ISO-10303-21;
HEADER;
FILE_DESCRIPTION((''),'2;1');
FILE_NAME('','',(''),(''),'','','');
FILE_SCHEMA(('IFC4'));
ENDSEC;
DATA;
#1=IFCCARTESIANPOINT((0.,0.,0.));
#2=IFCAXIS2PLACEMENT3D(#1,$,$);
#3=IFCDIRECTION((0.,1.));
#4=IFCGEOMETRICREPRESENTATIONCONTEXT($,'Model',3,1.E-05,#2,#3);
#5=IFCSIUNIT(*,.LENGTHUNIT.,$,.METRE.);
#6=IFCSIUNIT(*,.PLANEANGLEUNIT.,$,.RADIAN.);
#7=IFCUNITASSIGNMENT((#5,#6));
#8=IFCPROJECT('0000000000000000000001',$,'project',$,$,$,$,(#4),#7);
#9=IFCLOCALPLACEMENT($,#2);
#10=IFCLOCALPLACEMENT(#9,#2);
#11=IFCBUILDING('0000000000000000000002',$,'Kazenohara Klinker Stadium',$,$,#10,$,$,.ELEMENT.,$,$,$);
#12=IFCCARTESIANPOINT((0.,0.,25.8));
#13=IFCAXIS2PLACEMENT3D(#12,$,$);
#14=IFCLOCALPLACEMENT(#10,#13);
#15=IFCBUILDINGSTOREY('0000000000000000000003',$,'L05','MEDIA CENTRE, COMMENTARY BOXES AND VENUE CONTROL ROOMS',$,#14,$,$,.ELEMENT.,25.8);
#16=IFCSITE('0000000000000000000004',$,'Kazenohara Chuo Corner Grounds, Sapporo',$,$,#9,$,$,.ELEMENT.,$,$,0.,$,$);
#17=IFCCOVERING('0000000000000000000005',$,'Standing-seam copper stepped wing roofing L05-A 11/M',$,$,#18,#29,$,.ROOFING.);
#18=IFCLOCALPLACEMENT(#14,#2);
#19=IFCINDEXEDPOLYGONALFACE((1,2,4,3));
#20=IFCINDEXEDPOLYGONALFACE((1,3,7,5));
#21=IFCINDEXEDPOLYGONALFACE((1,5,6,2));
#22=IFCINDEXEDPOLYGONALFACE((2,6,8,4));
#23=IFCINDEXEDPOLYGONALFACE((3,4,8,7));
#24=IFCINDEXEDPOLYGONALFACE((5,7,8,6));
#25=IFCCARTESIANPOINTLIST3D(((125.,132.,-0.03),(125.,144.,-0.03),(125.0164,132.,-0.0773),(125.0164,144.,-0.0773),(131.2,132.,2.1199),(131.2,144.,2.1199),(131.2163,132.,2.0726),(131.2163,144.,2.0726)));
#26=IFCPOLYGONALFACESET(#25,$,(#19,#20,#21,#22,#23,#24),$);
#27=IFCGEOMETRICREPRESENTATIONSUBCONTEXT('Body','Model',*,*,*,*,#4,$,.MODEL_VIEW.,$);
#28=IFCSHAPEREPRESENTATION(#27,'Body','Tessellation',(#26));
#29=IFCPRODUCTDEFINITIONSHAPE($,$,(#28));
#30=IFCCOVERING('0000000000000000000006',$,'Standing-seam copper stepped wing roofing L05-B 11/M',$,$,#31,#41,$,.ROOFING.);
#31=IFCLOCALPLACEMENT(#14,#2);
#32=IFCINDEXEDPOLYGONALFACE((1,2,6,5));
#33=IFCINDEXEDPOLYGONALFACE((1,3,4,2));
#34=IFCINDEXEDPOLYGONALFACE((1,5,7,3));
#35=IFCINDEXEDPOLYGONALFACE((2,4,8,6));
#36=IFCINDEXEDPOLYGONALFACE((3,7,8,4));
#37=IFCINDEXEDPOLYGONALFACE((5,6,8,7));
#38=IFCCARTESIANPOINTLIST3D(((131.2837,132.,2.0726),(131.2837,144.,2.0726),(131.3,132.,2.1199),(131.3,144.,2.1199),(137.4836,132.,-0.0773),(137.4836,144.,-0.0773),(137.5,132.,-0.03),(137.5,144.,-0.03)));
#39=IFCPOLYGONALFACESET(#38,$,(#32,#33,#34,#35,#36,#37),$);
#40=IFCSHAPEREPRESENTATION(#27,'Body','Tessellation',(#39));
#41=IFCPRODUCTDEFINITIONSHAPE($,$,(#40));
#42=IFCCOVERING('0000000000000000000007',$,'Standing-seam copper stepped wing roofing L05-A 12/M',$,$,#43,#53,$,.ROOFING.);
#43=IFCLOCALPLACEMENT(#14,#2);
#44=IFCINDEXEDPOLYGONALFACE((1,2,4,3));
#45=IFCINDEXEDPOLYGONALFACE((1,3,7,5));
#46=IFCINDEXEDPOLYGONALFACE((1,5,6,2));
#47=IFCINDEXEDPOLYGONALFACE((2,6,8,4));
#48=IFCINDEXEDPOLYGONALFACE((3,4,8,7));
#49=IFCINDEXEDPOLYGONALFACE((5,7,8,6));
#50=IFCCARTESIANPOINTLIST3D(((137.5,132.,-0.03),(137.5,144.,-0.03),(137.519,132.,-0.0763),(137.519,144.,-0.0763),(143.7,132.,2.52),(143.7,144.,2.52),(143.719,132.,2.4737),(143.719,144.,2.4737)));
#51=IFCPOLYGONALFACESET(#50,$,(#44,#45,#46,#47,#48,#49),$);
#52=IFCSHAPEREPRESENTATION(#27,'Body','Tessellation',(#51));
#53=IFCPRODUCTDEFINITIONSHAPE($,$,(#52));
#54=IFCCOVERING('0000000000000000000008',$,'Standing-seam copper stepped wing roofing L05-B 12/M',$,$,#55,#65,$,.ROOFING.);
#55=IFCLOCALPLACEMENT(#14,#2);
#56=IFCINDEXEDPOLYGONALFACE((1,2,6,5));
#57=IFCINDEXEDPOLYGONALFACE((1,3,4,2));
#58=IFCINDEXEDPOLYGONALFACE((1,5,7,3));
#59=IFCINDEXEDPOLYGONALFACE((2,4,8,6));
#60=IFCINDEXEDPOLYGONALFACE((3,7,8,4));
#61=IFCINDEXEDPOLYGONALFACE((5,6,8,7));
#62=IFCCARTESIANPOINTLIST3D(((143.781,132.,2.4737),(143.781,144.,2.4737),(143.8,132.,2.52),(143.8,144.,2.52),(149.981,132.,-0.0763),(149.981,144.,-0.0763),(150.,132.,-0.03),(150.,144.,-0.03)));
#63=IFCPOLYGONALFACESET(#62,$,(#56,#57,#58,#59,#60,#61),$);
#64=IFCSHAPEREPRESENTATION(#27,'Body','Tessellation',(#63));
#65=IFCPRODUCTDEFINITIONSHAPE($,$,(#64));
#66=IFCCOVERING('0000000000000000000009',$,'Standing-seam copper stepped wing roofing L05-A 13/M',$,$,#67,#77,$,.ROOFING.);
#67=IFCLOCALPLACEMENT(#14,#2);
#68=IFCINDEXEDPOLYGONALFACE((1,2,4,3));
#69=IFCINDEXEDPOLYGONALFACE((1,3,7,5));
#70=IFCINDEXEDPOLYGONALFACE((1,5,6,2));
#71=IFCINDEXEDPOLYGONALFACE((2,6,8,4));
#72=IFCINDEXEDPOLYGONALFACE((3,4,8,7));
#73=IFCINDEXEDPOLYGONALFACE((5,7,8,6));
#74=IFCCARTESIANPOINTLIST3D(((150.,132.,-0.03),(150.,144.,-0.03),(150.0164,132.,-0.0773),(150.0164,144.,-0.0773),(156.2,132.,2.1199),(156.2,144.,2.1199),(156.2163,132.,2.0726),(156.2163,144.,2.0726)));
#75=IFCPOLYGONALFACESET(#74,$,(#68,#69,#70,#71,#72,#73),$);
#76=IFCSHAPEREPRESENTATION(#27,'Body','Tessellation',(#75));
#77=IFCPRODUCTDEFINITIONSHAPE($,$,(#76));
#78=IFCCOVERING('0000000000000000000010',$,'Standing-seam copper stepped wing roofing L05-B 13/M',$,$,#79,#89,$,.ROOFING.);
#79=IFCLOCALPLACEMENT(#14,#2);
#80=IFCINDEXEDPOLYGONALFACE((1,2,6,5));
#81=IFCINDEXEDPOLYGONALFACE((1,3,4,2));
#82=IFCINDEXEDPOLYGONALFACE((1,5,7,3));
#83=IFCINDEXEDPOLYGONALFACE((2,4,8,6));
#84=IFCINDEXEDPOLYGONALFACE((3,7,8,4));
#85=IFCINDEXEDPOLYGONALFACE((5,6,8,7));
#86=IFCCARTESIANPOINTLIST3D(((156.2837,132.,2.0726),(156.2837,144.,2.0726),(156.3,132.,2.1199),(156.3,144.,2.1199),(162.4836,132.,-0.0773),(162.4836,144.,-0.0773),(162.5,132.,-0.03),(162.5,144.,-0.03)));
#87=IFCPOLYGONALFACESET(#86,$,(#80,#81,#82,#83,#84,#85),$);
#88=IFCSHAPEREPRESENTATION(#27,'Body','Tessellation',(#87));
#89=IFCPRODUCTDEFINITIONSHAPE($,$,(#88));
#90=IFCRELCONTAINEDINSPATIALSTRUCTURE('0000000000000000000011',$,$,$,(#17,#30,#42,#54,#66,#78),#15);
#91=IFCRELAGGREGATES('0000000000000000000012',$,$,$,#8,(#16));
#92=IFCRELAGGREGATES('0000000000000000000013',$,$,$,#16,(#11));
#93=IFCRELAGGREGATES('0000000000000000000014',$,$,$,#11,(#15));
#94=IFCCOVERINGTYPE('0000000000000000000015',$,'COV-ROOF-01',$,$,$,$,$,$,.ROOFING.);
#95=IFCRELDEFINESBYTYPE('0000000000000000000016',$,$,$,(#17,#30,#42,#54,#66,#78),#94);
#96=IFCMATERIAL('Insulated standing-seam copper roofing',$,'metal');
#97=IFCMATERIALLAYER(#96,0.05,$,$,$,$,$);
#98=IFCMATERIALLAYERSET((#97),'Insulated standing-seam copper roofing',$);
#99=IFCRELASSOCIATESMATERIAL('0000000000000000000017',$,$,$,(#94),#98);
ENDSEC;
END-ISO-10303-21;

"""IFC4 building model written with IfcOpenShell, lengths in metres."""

from ifc_helpers import new_model, si_unit, direction, frame, origin, place, context, subcontext, project, spatial, polyline, outline, extrude, material, layer, layer_set, type_object, element, save


model = new_model("IFC4")

# Units and contexts
model_context = context("Model", 3, precision=1e-05, world=origin(), true_north=direction((0.0, 1.0)))
body_context = subcontext(model_context, "Body", "Model", "MODEL_VIEW")
ifc_project = project(units=[si_unit("LENGTHUNIT", "METRE"), si_unit("PLANEANGLEUNIT", "RADIAN")], contexts=[model_context])

# Site, building, storey
site_placement = place(None, origin())
site = spatial("IfcSite", under=ifc_project, at=site_placement, Name="Kazenohara Chuo Corner Grounds, Sapporo", CompositionType="ELEMENT", RefElevation=0.0)
building_placement = place(site_placement, origin())
building = spatial("IfcBuilding", under=site, at=building_placement, Name="Kazenohara Klinker Stadium", CompositionType="ELEMENT")
storey_placement = place(building_placement, frame((0.0, 0.0, 25.8)))
storey = spatial("IfcBuildingStorey", under=building, at=storey_placement, Name="L05", Description="MEDIA CENTRE, COMMENTARY BOXES AND VENUE CONTROL ROOMS", CompositionType="ELEMENT", Elevation=25.8)

# Coverings
ifc_material_1 = material(Name="Insulated standing-seam copper roofing", Category="metal")
ifc_layer_1 = layer(ifc_material_1, 0.05)
ifc_layer_set_1 = layer_set([ifc_layer_1], Name="Insulated standing-seam copper roofing")
covering_type = type_object("IfcCoveringType", Name="COV-ROOF-01", PredefinedType="ROOFING", material=ifc_layer_set_1)
for number, where, z_axis, x_axis, name in (
    (1, (125.0, 132.0, -0.03), (-0.327623, 0.0, 0.944809), (0.944809, 0.0, 0.327623), "Standing-seam copper stepped wing roofing L05-A 11/M"),
    (2, (131.3, 132.0, 2.1199), (0.327623, 0.0, 0.944809), (0.944809, 0.0, -0.327623), "Standing-seam copper stepped wing roofing L05-B 11/M"),
):
    element("IfcCovering", number, at=place(storey_placement, frame(where, z_axis=z_axis, x_axis=x_axis)), inside=storey, type_object=covering_type, Name=name, PredefinedType="ROOFING", context=body_context, shape_type="SweptSolid", body=[
        extrude(outline(polyline([(0.0, 0.0), (6.5621, 0.0), (6.5621, 12.0), (0.0, 12.0), (0.0, 0.0)])), origin(), (0.0, 0.0, -1.0), 0.05),
    ])
for number, where, z_axis, x_axis, name in (
    (3, (137.5, 132.0, -0.03), (-0.380383, 0.0, 0.924829), (0.924829, 0.0, 0.380383), "Standing-seam copper stepped wing roofing L05-A 12/M"),
    (4, (143.8, 132.0, 2.52), (0.380383, 0.0, 0.924829), (0.924829, 0.0, -0.380383), "Standing-seam copper stepped wing roofing L05-B 12/M"),
):
    element("IfcCovering", number, at=place(storey_placement, frame(where, z_axis=z_axis, x_axis=x_axis)), inside=storey, type_object=covering_type, Name=name, PredefinedType="ROOFING", context=body_context, shape_type="SweptSolid", body=[
        extrude(outline(polyline([(0.0, 0.0), (6.7039, 0.0), (6.7039, 12.0), (0.0, 12.0), (0.0, 0.0)])), origin(), (0.0, 0.0, -1.0), 0.05),
    ])
for number, where, z_axis, x_axis, name in (
    (5, (150.0, 132.0, -0.03), (-0.327623, 0.0, 0.944809), (0.944809, 0.0, 0.327623), "Standing-seam copper stepped wing roofing L05-A 13/M"),
    (6, (156.3, 132.0, 2.1199), (0.327623, 0.0, 0.944809), (0.944809, 0.0, -0.327623), "Standing-seam copper stepped wing roofing L05-B 13/M"),
):
    element("IfcCovering", number, at=place(storey_placement, frame(where, z_axis=z_axis, x_axis=x_axis)), inside=storey, type_object=covering_type, Name=name, PredefinedType="ROOFING", context=body_context, shape_type="SweptSolid", body=[
        extrude(outline(polyline([(0.0, 0.0), (6.5621, 0.0), (6.5621, 12.0), (0.0, 12.0), (0.0, 0.0)])), origin(), (0.0, 0.0, -1.0), 0.05),
    ])

save(model, "model.ifc")
